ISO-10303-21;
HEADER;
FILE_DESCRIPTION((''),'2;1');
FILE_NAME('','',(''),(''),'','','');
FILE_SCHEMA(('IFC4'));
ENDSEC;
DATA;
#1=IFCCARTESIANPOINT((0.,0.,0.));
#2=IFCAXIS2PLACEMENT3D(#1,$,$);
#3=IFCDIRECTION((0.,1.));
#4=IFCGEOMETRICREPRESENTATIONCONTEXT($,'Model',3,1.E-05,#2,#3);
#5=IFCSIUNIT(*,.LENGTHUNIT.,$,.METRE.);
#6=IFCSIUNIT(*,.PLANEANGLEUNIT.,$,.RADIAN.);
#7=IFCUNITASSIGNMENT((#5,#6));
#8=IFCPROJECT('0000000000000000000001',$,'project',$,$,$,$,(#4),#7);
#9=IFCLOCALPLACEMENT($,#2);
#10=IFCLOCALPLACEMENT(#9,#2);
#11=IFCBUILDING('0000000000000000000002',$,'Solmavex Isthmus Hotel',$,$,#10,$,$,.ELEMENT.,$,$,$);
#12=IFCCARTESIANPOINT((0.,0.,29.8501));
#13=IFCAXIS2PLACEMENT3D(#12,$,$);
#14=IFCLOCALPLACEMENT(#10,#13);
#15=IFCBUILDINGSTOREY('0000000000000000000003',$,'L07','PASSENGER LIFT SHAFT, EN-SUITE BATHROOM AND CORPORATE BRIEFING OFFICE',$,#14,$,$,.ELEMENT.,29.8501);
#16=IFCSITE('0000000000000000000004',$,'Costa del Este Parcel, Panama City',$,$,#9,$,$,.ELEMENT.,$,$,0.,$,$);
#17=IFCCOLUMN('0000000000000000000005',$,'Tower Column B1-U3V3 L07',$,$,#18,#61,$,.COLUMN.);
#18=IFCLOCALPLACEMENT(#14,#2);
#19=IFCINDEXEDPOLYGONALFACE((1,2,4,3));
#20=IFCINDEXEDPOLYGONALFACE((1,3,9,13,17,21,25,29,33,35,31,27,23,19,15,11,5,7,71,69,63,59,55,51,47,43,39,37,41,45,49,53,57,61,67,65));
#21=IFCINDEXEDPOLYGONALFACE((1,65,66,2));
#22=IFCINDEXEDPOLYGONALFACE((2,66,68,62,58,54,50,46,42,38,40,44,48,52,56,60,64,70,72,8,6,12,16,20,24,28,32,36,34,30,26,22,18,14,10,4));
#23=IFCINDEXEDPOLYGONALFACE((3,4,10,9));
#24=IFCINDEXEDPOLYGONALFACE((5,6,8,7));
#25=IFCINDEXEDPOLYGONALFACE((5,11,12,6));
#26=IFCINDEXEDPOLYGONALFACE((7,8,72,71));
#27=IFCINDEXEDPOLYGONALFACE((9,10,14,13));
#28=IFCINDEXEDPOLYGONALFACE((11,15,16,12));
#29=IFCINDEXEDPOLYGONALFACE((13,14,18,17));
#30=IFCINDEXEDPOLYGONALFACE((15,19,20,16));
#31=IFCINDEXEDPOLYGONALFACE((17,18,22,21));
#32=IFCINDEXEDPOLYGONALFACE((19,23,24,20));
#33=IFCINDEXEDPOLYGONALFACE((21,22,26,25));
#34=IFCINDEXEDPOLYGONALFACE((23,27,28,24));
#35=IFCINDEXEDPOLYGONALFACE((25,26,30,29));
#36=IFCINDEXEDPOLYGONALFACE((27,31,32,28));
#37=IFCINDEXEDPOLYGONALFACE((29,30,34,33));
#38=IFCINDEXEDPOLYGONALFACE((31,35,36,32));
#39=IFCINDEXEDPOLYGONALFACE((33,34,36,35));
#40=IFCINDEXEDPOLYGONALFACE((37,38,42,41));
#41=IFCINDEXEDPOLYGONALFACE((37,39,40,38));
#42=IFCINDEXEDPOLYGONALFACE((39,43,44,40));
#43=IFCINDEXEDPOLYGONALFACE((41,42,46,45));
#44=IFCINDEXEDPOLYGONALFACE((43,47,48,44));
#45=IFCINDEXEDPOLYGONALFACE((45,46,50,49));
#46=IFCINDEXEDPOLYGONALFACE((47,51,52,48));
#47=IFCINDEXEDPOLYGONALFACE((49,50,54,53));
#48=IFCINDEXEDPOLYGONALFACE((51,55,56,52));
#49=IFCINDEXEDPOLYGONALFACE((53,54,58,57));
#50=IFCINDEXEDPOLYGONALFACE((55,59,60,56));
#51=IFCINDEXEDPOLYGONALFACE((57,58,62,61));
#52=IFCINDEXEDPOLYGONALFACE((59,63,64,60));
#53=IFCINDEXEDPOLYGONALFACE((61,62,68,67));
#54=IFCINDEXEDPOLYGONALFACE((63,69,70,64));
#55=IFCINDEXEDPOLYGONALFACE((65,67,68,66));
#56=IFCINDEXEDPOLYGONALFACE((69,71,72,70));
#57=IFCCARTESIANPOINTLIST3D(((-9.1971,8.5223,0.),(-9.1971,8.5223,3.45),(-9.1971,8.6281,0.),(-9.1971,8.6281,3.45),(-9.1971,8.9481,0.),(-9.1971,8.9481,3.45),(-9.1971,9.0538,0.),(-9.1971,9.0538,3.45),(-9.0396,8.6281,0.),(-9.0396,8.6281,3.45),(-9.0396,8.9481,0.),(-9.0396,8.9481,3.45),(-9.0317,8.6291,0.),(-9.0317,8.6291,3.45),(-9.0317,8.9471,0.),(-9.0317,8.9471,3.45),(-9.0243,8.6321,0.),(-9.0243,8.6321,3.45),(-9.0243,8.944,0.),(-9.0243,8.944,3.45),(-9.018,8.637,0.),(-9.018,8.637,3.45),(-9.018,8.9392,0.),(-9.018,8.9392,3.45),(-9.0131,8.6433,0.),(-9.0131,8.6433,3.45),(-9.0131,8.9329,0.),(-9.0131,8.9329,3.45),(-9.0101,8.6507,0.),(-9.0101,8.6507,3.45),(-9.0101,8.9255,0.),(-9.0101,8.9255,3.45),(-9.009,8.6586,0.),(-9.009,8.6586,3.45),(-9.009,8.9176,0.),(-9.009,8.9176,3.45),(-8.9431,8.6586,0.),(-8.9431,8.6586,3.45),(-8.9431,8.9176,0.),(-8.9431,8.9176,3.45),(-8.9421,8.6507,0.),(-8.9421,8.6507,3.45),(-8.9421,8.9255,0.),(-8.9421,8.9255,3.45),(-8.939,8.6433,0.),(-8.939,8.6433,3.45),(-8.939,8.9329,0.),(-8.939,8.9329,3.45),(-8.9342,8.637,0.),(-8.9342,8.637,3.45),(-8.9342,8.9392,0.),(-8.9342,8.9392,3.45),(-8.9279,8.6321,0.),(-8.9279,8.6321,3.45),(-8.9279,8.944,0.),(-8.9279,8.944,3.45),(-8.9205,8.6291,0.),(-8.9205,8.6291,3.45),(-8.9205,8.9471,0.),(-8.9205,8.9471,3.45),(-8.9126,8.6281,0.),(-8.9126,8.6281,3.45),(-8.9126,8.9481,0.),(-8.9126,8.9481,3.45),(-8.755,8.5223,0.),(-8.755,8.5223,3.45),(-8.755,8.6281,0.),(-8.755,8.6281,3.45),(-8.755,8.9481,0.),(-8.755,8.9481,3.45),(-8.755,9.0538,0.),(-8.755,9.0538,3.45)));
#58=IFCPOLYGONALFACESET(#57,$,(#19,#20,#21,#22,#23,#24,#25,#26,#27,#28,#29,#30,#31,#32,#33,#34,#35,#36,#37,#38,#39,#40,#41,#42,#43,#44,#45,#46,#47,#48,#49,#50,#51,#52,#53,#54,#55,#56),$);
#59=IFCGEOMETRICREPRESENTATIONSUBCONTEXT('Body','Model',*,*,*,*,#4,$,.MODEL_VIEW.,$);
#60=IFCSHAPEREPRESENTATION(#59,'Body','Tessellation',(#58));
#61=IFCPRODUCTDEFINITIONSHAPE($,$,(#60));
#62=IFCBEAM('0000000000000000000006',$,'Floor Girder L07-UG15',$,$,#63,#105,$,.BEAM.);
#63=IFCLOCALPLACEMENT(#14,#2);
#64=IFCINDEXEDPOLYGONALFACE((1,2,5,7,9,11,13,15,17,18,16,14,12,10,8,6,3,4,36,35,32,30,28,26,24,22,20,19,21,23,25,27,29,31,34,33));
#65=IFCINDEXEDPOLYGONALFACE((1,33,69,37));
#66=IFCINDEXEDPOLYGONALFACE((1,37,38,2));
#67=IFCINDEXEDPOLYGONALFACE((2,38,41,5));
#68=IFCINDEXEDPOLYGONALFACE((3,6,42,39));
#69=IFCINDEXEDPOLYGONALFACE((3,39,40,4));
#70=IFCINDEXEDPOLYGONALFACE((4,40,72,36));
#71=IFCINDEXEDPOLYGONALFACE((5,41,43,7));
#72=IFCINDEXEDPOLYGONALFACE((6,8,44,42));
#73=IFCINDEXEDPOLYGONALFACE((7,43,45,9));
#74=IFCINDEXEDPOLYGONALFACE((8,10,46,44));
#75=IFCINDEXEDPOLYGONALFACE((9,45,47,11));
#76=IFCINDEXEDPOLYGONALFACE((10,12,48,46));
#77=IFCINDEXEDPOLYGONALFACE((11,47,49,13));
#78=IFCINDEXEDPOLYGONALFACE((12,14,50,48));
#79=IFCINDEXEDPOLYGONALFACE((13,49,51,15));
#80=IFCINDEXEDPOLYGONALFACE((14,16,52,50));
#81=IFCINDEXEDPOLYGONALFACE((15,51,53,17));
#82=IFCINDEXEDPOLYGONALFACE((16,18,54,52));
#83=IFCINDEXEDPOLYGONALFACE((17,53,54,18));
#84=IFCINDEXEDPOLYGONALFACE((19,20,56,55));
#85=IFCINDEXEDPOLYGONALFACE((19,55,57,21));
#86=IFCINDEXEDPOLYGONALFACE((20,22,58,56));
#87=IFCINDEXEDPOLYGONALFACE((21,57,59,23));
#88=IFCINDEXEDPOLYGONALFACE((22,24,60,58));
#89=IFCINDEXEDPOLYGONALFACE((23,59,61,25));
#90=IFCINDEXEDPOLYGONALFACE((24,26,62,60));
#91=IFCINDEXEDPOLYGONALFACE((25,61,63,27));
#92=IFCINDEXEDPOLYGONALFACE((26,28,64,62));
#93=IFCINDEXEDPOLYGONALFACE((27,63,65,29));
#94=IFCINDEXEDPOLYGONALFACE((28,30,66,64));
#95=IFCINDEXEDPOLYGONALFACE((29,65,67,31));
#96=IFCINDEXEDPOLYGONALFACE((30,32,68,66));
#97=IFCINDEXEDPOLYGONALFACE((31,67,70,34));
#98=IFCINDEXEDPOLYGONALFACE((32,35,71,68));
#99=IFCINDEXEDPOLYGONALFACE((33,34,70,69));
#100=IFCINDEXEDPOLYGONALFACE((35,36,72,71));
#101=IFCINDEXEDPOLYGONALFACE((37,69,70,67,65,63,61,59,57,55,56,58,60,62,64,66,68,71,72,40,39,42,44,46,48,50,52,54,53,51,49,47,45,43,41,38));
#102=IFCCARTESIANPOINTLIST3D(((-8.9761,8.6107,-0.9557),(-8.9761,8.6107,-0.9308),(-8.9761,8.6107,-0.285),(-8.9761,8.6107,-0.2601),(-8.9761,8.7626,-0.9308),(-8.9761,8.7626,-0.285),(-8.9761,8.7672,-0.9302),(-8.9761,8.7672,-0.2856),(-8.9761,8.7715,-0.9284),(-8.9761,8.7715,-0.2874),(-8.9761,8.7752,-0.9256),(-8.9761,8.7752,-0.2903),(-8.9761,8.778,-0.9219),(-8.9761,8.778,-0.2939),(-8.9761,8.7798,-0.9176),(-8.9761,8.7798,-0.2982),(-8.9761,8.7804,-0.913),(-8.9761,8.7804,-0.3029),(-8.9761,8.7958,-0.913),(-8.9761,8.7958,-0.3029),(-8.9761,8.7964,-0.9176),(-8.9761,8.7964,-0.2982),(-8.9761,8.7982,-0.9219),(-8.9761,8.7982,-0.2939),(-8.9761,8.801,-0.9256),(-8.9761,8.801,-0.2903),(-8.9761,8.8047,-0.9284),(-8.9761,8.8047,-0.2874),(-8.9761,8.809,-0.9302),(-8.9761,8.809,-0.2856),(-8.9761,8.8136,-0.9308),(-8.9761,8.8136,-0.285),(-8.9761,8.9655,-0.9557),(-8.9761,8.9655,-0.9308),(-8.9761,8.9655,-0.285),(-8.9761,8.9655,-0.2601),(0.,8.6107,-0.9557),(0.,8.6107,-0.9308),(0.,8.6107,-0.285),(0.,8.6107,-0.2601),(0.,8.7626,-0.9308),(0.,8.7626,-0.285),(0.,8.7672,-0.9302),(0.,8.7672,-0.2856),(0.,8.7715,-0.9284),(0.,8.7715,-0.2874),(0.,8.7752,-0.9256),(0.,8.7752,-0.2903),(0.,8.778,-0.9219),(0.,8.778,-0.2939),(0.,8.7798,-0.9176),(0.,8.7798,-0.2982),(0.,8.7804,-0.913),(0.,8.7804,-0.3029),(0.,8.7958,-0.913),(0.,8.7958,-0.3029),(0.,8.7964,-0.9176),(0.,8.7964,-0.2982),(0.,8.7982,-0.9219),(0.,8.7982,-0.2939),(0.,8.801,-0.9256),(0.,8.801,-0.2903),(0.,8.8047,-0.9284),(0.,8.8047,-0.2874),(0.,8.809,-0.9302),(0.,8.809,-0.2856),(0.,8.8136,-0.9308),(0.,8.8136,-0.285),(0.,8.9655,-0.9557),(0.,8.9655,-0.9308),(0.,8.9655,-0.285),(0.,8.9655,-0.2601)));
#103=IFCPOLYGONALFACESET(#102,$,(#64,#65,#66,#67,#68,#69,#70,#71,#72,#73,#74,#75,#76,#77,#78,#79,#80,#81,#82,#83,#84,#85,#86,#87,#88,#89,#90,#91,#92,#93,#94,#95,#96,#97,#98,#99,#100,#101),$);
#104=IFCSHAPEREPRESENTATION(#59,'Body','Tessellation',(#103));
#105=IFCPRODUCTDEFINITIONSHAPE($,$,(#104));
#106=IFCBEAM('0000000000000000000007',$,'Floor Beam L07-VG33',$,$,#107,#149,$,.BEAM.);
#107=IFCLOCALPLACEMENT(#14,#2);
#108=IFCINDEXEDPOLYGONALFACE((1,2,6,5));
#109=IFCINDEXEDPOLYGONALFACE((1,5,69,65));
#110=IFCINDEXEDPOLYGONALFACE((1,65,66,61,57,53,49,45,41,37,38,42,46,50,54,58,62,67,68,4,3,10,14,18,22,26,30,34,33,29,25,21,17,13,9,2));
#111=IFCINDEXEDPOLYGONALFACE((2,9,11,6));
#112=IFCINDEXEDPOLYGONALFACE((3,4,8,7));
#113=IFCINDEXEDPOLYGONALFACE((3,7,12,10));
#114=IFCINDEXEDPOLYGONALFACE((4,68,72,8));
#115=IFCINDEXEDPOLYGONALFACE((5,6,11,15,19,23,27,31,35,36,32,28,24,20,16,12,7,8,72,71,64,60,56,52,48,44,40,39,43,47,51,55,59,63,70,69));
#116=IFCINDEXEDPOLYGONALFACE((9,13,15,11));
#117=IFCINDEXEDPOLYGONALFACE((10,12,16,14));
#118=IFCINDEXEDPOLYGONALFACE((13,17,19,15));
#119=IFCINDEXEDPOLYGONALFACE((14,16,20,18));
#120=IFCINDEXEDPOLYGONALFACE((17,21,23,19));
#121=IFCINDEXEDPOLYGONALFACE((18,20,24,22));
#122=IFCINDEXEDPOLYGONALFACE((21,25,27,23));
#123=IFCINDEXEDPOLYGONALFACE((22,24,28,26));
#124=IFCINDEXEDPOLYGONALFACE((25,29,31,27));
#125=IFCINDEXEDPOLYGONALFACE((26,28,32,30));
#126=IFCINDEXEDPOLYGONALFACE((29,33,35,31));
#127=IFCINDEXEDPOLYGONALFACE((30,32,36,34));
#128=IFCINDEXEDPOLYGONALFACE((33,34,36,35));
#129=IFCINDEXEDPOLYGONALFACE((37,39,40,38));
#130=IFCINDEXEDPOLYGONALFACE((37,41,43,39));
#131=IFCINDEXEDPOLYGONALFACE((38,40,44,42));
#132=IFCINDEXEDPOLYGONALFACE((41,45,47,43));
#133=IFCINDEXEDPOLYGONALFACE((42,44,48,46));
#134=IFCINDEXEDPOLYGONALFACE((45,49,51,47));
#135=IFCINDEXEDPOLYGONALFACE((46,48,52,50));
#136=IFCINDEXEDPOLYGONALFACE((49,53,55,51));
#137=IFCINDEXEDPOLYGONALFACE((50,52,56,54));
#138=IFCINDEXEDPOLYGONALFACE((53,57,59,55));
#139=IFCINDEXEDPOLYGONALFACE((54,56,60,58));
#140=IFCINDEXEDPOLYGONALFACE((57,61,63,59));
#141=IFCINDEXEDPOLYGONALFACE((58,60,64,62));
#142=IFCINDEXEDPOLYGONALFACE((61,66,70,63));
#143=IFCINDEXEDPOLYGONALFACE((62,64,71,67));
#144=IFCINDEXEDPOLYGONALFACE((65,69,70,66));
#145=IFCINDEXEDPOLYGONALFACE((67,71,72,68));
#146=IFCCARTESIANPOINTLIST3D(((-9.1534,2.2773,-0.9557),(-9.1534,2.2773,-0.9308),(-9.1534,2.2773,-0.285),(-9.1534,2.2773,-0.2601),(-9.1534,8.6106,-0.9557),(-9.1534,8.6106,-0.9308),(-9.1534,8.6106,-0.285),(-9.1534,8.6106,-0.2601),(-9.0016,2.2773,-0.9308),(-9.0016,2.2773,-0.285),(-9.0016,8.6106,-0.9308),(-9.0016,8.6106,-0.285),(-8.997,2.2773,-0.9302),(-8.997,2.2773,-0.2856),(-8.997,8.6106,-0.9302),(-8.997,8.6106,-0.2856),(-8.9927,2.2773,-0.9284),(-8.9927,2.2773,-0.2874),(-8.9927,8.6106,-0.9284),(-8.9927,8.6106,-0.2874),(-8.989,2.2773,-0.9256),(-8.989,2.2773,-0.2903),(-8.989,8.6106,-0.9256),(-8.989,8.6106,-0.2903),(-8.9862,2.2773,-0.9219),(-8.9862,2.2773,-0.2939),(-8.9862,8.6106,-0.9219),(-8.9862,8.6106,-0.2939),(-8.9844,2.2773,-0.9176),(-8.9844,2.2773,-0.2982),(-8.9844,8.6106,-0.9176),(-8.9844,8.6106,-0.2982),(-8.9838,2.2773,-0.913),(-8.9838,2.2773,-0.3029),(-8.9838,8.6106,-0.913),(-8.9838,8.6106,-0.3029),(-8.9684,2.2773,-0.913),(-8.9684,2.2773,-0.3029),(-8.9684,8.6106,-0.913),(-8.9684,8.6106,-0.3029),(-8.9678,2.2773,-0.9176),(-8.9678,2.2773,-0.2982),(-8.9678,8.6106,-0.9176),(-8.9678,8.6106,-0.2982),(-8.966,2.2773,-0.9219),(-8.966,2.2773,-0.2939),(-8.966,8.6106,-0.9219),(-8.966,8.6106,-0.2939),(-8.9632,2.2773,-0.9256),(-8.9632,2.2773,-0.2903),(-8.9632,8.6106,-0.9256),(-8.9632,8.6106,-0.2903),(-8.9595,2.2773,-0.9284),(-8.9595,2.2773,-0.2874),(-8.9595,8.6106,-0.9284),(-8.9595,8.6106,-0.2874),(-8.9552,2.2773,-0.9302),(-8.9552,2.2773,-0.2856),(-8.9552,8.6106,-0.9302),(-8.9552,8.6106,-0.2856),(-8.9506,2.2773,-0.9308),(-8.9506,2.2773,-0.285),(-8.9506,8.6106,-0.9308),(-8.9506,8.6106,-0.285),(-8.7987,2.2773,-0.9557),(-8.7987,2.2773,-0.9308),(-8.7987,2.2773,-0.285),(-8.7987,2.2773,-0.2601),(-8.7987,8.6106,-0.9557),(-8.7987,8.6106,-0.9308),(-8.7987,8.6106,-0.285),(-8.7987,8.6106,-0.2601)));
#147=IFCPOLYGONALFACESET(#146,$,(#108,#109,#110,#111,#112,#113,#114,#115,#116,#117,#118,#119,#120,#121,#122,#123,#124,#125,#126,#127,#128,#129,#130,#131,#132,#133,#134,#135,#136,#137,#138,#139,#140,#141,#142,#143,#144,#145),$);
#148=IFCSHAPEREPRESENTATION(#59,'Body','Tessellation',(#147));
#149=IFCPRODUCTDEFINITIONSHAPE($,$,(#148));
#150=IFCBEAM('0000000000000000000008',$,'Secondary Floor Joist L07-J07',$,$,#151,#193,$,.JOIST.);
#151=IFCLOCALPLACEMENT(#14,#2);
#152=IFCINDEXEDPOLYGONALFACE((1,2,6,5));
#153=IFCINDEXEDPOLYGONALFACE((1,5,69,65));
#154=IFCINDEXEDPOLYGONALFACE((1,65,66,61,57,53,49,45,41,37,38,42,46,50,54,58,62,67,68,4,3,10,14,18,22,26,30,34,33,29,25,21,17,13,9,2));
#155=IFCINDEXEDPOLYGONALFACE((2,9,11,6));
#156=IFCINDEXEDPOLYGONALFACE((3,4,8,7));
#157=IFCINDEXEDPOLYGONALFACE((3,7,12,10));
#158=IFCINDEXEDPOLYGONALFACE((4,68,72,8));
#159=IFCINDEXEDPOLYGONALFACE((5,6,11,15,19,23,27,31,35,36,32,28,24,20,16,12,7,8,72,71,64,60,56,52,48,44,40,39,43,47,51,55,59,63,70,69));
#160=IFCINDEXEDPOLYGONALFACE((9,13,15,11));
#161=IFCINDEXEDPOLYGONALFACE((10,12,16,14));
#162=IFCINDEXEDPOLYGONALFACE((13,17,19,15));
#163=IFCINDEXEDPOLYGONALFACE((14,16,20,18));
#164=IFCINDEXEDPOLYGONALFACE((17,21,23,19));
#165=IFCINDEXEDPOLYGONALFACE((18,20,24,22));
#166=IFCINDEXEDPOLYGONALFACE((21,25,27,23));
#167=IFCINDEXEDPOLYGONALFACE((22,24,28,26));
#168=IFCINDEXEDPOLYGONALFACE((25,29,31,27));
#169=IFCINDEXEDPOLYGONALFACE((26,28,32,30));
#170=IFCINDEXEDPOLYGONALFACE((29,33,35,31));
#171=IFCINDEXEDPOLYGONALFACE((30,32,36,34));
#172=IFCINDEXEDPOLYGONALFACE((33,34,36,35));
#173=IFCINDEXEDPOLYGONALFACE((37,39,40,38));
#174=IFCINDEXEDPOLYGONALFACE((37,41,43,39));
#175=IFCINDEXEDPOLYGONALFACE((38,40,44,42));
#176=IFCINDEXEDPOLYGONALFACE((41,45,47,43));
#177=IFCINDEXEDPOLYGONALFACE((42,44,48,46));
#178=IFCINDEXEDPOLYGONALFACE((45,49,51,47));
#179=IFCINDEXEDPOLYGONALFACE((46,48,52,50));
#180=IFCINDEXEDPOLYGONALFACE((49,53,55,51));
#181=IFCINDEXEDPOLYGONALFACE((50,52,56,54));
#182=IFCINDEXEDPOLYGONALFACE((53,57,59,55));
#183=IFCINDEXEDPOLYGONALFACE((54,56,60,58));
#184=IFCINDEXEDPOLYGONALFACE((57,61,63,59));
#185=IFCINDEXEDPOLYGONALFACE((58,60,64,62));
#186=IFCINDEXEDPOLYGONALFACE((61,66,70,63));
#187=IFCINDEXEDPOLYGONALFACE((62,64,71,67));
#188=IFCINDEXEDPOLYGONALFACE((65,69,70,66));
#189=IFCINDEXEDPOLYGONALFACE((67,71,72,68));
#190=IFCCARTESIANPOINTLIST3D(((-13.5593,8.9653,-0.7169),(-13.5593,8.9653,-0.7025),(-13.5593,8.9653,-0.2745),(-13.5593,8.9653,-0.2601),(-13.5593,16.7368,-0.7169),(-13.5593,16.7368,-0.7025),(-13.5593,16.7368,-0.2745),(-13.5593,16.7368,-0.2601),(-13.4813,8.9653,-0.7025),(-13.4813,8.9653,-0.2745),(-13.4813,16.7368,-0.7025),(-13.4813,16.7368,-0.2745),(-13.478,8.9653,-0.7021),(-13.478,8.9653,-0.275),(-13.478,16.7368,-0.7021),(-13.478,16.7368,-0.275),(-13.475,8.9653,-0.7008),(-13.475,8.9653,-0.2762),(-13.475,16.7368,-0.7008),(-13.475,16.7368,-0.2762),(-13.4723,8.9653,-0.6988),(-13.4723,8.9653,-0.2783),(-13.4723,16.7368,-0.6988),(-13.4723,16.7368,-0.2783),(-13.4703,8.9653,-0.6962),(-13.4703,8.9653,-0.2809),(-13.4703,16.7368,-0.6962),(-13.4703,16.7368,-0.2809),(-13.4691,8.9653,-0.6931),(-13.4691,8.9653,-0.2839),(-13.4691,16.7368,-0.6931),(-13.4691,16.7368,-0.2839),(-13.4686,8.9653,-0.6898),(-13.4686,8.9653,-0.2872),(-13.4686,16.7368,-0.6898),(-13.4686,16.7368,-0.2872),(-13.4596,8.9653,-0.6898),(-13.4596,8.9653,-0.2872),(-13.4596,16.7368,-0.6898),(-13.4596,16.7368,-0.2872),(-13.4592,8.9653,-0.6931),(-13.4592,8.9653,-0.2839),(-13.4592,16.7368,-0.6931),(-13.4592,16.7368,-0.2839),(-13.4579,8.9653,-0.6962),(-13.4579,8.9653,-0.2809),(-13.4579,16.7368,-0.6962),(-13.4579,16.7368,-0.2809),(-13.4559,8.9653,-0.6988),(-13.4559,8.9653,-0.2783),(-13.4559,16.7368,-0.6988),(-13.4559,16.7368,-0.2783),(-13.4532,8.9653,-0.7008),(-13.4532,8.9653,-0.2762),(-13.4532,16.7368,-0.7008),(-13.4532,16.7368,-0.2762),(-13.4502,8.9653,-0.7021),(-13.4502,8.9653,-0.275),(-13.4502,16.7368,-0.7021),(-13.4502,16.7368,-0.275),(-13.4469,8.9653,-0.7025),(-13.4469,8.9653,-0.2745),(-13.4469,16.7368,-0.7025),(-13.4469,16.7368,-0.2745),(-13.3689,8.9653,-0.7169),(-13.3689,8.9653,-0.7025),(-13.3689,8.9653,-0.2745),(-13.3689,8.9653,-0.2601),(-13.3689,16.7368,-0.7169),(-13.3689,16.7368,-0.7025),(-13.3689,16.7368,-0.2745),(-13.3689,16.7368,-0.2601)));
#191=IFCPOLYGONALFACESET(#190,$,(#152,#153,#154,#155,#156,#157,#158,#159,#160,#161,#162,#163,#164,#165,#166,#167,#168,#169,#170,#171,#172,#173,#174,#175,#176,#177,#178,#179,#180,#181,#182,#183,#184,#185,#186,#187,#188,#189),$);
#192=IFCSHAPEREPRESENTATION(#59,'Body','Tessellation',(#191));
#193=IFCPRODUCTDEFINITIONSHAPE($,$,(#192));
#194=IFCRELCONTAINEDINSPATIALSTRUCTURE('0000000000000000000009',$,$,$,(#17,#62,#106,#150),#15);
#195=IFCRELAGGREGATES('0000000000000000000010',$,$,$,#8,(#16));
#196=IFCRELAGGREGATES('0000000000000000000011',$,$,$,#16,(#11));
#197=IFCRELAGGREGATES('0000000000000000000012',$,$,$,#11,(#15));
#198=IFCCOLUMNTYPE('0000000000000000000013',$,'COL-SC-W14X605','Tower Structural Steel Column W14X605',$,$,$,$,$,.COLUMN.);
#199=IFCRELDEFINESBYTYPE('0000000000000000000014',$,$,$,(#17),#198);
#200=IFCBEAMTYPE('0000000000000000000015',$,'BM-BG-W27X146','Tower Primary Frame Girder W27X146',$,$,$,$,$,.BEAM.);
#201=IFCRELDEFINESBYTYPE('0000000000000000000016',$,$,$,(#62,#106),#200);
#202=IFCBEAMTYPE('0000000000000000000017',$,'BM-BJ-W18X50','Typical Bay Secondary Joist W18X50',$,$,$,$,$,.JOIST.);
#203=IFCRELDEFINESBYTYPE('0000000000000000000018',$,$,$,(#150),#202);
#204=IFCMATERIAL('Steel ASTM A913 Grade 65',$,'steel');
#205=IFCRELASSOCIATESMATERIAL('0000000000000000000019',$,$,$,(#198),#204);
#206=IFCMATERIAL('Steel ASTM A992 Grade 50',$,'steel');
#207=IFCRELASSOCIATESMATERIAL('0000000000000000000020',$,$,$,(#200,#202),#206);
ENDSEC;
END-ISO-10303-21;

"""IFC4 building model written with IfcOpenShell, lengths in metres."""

from ifc_helpers import new_model, si_unit, direction, frame, origin, origin_2d, place, context, subcontext, project, spatial, i_section, extrude, material, material_profile, profile_set, type_object, element, save


model = new_model("IFC4")

# Units and contexts
model_context = context("Model", 3, precision=1e-05, world=origin(), true_north=direction((0.0, 1.0)))
body_context = subcontext(model_context, "Body", "Model", "MODEL_VIEW")
ifc_project = project(units=[si_unit("LENGTHUNIT", "METRE"), si_unit("PLANEANGLEUNIT", "RADIAN")], contexts=[model_context])

# Site, building, storey
site_placement = place(None, origin())
site = spatial("IfcSite", under=ifc_project, at=site_placement, Name="Costa del Este Parcel, Panama City", CompositionType="ELEMENT", RefElevation=0.0)
building_placement = place(site_placement, origin())
building = spatial("IfcBuilding", under=site, at=building_placement, Name="Solmavex Isthmus Hotel", CompositionType="ELEMENT")
storey_placement = place(building_placement, frame((0.0, 0.0, 29.8501)))
storey = spatial("IfcBuildingStorey", under=building, at=storey_placement, Name="L07", Description="PASSENGER LIFT SHAFT, EN-SUITE BATHROOM AND CORPORATE BRIEFING OFFICE", CompositionType="ELEMENT", Elevation=29.8501)

# Column
ifc_material_1 = material(Name="Steel ASTM A913 Grade 65", Category="steel")
ifc_material_profile_1 = material_profile(ifc_material_1, i_section(OverallWidth=0.4421, OverallDepth=0.5315, WebThickness=0.0659, FlangeThickness=0.1057, FilletRadius=0.0305, at=origin_2d()), Name="W14X605")
ifc_profile_set_1 = profile_set([ifc_material_profile_1], Name="Steel ASTM A913 Grade 65")
column_type = type_object("IfcColumnType", Name="COL-SC-W14X605", Description="Tower Structural Steel Column W14X605", PredefinedType="COLUMN", material=ifc_profile_set_1)
column_placement = place(storey_placement, frame((-8.9761, 8.7881, 0.0), z_axis=(0.0, 0.0, 1.0), x_axis=(1.0, 0.0, 0.0)))
element("IfcColumn", 1, at=column_placement, inside=storey, type_object=column_type, Name="Tower Column B1-U3V3 L07", PredefinedType="COLUMN", context=body_context, shape_type="SweptSolid", body=[
    extrude(i_section(OverallWidth=0.4421, OverallDepth=0.5315, WebThickness=0.0659, FlangeThickness=0.1057, FilletRadius=0.0305, at=origin_2d()), origin(), (0.0, 0.0, 1.0), 3.45),
])

# Beams
ifc_material_2 = material(Name="Steel ASTM A992 Grade 50", Category="steel")
ifc_material_profile_2 = material_profile(ifc_material_2, i_section(OverallWidth=0.3547, OverallDepth=0.6956, WebThickness=0.0154, FlangeThickness=0.0249, FilletRadius=0.0178, at=origin_2d()), Name="W27X146")
ifc_profile_set_2 = profile_set([ifc_material_profile_2], Name="Steel ASTM A992 Grade 50")
beam_type_1 = type_object("IfcBeamType", Name="BM-BG-W27X146", Description="Tower Primary Frame Girder W27X146", PredefinedType="BEAM", material=ifc_profile_set_2)
beam_1_placement = place(storey_placement, frame((-8.9761, 8.7881, -0.6079), z_axis=(1.0, 0.0, 0.0), x_axis=(0.0, 1.0, 0.0)))
element("IfcBeam", 2, at=beam_1_placement, inside=storey, type_object=beam_type_1, Name="Floor Girder L07-UG15", PredefinedType="BEAM", context=body_context, shape_type="SweptSolid", body=[
    extrude(i_section(OverallWidth=0.3547, OverallDepth=0.6956, WebThickness=0.0154, FlangeThickness=0.0249, FilletRadius=0.0178, at=origin_2d()), origin(), (0.0, 0.0, 1.0), 8.9761),
])
beam_2_placement = place(storey_placement, frame((-8.9761, 2.2773, -0.6079), z_axis=(0.0, 1.0, 0.0), x_axis=(-1.0, 0.0, 0.0)))
element("IfcBeam", 3, at=beam_2_placement, inside=storey, type_object=beam_type_1, Name="Floor Beam L07-VG33", PredefinedType="BEAM", context=body_context, shape_type="SweptSolid", body=[
    extrude(i_section(OverallWidth=0.3547, OverallDepth=0.6956, WebThickness=0.0154, FlangeThickness=0.0249, FilletRadius=0.0178, at=origin_2d()), origin(), (0.0, 0.0, 1.0), 6.3333),
])
ifc_material_profile_3 = material_profile(ifc_material_2, i_section(OverallWidth=0.1904, OverallDepth=0.4568, WebThickness=0.009, FlangeThickness=0.0144, FilletRadius=0.0127, at=origin_2d()), Name="W18X50")
ifc_profile_set_3 = profile_set([ifc_material_profile_3], Name="Steel ASTM A992 Grade 50")
beam_type_2 = type_object("IfcBeamType", Name="BM-BJ-W18X50", Description="Typical Bay Secondary Joist W18X50", PredefinedType="JOIST", material=ifc_profile_set_3)
beam_3_placement = place(storey_placement, frame((-13.4641, 8.9653, -0.4885), z_axis=(0.0, 1.0, 0.0), x_axis=(-1.0, 0.0, 0.0)))
element("IfcBeam", 4, at=beam_3_placement, inside=storey, type_object=beam_type_2, Name="Secondary Floor Joist L07-J07", PredefinedType="JOIST", context=body_context, shape_type="SweptSolid", body=[
    extrude(i_section(OverallWidth=0.1904, OverallDepth=0.4568, WebThickness=0.009, FlangeThickness=0.0144, FilletRadius=0.0127, at=origin_2d()), origin(), (0.0, 0.0, 1.0), 7.7715),
])

save(model, "model.ifc")
